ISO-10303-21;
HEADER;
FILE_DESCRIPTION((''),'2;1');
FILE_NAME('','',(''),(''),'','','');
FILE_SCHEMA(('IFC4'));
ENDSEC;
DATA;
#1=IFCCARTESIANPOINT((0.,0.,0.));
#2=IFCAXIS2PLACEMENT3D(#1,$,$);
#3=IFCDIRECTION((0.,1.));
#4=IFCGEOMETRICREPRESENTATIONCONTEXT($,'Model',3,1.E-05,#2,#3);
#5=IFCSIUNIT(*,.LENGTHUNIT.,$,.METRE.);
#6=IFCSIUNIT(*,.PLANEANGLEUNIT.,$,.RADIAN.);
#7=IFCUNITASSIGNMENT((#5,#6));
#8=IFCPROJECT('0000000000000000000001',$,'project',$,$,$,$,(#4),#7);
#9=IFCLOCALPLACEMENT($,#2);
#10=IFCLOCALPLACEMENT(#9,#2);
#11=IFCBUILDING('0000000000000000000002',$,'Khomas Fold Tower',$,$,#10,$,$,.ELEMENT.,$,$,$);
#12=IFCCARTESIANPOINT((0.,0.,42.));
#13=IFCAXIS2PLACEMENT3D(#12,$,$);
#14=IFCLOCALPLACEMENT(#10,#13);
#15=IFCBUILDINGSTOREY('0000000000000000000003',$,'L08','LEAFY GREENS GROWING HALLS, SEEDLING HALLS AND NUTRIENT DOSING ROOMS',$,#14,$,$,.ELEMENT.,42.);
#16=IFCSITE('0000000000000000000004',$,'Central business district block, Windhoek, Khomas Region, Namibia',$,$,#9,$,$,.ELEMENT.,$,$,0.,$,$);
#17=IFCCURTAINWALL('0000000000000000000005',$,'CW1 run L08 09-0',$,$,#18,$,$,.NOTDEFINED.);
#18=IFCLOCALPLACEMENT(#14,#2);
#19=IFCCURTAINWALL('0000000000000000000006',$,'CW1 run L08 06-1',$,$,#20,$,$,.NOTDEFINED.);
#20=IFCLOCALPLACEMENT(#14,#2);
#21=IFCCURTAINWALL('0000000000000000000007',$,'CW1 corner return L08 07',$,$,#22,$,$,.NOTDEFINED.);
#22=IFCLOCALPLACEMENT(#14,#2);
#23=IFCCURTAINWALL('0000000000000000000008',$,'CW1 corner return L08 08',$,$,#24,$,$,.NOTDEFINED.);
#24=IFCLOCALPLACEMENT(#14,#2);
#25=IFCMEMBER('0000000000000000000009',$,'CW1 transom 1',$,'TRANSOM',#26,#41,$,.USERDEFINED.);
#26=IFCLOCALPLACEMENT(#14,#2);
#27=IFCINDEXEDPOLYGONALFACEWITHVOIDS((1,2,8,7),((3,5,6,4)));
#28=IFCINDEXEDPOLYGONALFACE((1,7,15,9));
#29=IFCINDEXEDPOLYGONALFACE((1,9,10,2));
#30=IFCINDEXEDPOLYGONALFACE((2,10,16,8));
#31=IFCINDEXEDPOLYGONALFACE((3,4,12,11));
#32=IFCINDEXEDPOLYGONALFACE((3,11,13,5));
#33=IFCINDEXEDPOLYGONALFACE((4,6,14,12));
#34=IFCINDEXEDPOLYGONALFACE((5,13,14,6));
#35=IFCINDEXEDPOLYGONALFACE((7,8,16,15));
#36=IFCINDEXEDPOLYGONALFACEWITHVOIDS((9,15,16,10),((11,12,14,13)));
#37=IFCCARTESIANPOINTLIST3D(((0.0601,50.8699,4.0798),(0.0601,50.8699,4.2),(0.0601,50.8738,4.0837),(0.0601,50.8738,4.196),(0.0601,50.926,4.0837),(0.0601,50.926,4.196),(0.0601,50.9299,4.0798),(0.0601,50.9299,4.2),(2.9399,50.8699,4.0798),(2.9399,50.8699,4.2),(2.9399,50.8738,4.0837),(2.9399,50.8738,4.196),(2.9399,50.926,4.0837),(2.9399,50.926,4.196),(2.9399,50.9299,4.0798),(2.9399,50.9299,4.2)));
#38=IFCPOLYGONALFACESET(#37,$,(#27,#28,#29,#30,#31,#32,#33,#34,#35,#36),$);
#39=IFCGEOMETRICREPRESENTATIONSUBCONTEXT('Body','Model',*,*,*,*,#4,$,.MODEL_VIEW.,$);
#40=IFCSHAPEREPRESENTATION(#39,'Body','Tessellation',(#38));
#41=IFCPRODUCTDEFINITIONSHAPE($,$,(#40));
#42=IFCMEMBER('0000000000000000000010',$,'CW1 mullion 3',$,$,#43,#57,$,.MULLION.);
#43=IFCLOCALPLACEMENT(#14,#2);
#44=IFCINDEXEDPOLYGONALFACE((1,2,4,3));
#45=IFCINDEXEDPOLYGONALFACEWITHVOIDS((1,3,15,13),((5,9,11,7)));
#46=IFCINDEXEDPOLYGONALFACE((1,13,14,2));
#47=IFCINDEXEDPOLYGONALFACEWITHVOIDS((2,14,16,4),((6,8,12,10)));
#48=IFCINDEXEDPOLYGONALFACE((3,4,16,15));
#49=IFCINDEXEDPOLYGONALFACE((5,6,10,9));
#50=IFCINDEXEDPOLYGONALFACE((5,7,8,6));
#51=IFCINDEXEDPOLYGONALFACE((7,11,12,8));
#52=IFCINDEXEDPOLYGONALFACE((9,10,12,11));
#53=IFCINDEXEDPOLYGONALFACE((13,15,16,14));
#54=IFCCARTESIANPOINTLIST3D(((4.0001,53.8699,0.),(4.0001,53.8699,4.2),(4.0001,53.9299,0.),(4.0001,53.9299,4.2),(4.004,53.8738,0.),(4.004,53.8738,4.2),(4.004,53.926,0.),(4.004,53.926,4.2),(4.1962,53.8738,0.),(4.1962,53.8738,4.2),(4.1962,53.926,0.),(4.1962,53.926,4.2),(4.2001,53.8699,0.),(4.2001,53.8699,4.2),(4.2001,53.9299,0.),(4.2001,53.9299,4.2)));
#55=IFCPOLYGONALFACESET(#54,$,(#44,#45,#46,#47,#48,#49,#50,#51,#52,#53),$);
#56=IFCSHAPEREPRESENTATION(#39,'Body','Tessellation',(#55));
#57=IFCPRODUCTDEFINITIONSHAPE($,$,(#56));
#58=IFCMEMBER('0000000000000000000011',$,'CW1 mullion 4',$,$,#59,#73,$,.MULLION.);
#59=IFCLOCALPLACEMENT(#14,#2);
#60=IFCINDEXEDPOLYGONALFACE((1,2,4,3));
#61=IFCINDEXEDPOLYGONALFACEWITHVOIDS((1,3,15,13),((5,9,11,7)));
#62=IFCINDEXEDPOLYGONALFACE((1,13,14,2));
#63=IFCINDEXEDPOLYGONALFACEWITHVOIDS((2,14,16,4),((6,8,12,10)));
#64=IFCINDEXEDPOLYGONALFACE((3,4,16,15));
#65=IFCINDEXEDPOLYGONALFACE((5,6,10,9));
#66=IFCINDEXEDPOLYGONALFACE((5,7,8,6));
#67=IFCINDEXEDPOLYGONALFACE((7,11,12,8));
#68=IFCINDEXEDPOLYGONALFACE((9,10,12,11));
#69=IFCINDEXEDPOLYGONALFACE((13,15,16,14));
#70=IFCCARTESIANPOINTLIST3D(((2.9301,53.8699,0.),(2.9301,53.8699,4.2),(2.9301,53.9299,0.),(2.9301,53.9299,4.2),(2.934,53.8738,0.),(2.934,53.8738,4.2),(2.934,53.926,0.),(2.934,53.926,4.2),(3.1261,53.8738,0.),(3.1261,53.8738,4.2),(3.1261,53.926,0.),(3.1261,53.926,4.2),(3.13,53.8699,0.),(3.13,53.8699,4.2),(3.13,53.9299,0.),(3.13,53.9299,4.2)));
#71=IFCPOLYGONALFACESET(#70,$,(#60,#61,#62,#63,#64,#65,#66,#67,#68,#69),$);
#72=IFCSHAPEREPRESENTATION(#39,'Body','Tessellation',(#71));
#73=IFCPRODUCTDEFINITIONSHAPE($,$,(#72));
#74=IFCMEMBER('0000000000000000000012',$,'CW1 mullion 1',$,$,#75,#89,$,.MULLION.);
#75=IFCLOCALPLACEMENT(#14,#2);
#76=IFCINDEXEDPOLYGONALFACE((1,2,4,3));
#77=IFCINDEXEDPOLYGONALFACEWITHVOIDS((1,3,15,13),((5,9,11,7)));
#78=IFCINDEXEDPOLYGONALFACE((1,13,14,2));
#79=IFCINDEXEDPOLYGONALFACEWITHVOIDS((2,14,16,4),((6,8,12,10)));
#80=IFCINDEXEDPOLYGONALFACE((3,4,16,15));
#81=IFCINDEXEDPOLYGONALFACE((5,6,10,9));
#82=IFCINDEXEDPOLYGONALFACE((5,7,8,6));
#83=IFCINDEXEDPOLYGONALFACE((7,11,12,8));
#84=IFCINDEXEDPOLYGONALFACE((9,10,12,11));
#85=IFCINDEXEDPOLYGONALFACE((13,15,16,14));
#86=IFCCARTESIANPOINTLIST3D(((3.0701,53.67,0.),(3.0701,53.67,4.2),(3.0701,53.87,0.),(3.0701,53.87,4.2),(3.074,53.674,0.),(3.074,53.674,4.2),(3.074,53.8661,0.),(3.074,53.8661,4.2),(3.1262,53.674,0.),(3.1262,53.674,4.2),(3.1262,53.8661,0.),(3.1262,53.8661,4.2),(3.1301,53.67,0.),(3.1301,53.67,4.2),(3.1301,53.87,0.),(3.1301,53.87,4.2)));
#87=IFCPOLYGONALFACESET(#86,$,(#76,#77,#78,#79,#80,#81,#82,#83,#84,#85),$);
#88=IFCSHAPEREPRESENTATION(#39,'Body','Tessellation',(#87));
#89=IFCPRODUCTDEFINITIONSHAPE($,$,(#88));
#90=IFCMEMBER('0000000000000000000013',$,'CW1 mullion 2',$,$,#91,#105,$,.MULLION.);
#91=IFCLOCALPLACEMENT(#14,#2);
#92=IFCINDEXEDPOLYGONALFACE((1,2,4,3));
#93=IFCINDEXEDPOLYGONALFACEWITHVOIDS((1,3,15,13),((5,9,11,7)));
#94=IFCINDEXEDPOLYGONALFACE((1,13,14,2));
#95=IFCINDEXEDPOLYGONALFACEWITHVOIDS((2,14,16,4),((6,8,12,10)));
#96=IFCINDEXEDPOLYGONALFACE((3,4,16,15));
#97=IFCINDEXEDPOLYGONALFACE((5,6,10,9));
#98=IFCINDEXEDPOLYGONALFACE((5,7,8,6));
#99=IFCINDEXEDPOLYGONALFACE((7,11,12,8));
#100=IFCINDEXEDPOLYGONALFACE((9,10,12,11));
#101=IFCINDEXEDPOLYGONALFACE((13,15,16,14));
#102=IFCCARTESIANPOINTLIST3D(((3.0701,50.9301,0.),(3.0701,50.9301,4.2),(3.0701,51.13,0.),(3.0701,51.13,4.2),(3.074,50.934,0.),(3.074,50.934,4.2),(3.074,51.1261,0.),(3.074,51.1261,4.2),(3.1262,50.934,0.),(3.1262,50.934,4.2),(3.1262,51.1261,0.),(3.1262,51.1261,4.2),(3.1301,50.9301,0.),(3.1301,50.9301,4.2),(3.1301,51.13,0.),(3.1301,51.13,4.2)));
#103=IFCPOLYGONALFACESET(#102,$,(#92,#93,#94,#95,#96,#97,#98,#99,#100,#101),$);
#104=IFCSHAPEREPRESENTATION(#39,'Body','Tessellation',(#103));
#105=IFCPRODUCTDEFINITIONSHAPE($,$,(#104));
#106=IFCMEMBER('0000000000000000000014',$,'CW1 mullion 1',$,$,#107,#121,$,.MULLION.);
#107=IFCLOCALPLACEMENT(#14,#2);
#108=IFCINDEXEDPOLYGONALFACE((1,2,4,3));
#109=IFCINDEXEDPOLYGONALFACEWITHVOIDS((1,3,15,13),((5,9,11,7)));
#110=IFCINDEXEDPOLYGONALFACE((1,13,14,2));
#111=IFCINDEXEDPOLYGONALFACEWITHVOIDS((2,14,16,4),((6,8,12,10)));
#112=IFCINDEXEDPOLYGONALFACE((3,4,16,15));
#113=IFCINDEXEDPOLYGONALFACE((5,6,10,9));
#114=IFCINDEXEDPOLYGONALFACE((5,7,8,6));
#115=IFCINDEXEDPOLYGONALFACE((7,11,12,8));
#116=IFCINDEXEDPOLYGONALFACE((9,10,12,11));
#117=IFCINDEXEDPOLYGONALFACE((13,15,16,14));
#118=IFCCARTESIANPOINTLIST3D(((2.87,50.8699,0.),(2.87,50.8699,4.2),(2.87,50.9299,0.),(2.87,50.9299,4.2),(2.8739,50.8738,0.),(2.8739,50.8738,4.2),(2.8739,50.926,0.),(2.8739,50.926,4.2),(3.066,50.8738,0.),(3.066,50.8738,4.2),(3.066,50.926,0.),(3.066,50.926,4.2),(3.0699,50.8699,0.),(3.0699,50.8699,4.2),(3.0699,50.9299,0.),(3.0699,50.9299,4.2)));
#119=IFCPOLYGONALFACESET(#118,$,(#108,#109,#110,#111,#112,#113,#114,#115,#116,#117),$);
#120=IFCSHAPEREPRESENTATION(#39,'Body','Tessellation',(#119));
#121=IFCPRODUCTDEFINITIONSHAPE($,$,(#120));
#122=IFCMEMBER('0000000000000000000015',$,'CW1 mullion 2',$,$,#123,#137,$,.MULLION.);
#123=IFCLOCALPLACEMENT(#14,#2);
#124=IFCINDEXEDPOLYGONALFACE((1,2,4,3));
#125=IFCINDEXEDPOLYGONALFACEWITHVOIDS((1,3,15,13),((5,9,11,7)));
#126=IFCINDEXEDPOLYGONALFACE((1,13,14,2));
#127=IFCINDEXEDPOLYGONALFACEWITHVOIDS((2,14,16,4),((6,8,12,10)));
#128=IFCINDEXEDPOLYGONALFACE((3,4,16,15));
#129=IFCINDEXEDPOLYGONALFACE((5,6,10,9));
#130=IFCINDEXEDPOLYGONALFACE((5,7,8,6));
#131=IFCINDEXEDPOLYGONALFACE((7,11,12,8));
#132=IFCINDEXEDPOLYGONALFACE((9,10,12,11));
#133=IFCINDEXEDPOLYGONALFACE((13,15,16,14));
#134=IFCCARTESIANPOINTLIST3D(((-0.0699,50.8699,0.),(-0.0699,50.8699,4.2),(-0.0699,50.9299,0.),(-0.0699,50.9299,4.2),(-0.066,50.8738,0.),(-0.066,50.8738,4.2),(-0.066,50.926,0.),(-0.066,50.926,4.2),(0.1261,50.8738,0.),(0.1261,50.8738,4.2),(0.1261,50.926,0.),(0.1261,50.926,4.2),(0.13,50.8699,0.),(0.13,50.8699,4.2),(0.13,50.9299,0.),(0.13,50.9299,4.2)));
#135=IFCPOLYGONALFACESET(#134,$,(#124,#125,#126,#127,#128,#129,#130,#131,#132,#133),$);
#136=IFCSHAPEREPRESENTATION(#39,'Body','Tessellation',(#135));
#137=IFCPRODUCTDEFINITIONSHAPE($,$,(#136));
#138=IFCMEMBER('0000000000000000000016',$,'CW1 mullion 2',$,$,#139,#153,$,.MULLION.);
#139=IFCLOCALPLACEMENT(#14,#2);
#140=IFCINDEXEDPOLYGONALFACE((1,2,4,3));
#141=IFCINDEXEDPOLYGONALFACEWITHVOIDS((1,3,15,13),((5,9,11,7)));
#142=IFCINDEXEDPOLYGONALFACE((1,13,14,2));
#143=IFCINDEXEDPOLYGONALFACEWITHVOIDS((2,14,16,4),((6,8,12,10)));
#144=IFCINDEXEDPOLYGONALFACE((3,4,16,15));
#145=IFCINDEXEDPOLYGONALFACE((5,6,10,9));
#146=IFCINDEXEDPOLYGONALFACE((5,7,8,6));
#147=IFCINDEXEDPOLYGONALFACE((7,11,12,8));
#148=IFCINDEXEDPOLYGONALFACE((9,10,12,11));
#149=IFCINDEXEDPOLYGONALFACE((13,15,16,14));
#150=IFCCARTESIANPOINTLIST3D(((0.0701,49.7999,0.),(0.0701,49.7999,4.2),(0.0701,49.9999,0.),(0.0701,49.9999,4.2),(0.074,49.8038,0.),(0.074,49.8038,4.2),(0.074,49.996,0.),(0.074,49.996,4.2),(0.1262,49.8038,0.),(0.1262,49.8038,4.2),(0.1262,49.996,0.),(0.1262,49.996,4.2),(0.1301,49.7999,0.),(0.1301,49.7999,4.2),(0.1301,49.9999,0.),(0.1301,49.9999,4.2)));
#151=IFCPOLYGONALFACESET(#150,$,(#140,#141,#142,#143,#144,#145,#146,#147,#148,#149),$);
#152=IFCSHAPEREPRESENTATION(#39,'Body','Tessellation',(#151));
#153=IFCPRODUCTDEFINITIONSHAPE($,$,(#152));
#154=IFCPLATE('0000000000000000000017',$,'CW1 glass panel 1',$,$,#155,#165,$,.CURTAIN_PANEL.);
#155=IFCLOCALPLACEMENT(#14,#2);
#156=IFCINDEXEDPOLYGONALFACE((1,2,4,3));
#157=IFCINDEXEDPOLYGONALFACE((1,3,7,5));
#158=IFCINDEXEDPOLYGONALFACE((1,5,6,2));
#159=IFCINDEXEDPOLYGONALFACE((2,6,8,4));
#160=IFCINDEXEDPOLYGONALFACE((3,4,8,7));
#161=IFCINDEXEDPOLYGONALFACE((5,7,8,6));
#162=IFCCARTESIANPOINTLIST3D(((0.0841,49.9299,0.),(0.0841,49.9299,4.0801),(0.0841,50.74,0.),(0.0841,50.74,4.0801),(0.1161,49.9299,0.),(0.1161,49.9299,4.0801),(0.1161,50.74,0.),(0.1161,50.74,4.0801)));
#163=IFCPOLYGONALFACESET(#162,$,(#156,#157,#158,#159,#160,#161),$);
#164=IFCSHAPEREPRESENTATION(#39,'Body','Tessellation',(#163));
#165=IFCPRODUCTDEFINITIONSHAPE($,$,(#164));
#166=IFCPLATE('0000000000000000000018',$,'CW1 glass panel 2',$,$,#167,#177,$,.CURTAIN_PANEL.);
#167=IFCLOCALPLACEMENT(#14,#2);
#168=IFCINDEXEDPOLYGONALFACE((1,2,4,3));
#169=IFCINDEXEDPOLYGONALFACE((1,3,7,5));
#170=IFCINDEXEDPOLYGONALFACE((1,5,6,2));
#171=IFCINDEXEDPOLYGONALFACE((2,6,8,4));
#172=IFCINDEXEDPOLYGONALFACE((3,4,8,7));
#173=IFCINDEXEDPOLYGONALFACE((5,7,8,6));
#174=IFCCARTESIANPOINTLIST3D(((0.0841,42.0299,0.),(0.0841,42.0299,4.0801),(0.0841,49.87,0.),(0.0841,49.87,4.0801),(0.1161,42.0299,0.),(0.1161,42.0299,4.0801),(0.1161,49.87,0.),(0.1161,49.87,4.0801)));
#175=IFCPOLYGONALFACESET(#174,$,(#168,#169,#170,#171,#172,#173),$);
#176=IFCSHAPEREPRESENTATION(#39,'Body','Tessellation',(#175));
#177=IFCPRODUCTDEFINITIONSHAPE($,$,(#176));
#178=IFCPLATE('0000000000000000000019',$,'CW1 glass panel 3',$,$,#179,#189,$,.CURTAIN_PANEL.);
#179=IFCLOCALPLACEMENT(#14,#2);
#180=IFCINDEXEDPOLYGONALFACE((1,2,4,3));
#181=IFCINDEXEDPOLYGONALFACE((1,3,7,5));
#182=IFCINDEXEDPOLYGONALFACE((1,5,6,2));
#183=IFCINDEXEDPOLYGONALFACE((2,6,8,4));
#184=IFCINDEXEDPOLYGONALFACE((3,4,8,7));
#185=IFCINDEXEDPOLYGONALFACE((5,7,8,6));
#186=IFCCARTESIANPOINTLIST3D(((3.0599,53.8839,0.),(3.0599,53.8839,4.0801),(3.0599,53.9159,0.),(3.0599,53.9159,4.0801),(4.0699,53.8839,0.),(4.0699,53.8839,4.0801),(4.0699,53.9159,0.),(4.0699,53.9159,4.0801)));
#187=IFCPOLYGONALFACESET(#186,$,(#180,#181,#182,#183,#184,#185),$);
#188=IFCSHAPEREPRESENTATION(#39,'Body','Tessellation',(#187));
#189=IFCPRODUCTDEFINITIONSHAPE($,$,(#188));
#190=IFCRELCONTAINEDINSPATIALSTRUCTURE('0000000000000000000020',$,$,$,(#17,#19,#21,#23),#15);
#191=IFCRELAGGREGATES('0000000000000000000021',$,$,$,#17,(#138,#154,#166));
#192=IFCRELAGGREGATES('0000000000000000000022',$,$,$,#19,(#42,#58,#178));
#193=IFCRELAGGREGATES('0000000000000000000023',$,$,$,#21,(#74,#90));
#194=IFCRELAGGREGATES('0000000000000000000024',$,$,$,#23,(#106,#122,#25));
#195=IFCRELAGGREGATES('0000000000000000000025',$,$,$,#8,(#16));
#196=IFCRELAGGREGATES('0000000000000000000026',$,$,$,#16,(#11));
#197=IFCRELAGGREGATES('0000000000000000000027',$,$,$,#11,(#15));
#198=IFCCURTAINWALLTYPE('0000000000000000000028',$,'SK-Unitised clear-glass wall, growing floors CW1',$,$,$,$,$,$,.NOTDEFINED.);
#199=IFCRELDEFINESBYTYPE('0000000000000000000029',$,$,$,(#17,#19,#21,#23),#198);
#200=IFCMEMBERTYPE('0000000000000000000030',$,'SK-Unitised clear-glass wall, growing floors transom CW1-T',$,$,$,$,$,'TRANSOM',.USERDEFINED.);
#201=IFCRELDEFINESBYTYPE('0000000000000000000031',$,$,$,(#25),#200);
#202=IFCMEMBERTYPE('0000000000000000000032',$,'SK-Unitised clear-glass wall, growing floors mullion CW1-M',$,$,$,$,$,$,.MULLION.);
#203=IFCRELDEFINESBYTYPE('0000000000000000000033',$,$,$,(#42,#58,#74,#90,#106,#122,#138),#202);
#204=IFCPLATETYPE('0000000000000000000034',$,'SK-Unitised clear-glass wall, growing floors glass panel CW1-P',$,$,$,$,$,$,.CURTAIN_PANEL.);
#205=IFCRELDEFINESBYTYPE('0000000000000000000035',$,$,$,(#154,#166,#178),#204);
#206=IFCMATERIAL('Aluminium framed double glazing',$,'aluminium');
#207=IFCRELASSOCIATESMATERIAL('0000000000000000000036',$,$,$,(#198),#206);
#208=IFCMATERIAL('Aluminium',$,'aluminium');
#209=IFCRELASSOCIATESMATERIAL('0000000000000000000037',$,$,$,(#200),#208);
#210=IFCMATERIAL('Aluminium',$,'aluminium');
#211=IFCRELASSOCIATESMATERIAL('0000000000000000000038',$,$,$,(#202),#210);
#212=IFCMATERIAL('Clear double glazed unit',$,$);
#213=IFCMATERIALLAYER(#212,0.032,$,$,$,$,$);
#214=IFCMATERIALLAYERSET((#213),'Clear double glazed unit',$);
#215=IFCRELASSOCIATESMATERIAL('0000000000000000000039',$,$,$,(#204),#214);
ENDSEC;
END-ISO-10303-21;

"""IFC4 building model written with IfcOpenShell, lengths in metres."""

from ifc_helpers import new_model, si_unit, direction, frame, origin, origin_2d, place, context, subcontext, project, spatial, rectangle, hollow_rectangle, extrude, source, transform, mapped, material, layer, layer_set, material_profile, profile_set, type_object, element, aggregate, save


model = new_model("IFC4")

# Units and contexts
model_context = context("Model", 3, precision=1e-05, world=origin(), true_north=direction((0.0, 1.0)))
body_context = subcontext(model_context, "Body", "Model", "MODEL_VIEW")
ifc_project = project(units=[si_unit("LENGTHUNIT", "METRE"), si_unit("PLANEANGLEUNIT", "RADIAN")], contexts=[model_context])

# Site, building, storey
site_placement = place(None, origin())
site = spatial("IfcSite", under=ifc_project, at=site_placement, Name="Central business district block, Windhoek, Khomas Region, Namibia", CompositionType="ELEMENT", RefElevation=0.0)
building_placement = place(site_placement, origin())
building = spatial("IfcBuilding", under=site, at=building_placement, Name="Khomas Fold Tower", CompositionType="ELEMENT")
storey_placement = place(building_placement, frame((0.0, 0.0, 42.0)))
storey = spatial("IfcBuildingStorey", under=building, at=storey_placement, Name="L08", Description="LEAFY GREENS GROWING HALLS, SEEDLING HALLS AND NUTRIENT DOSING ROOMS", CompositionType="ELEMENT", Elevation=42.0)

# Curtain wall
ifc_material_1 = material(Name="Aluminium framed double glazing", Category="aluminium")
curtain_wall_type = type_object("IfcCurtainWallType", Name="SK-Unitised clear-glass wall, growing floors CW1", PredefinedType="NOTDEFINED", material=ifc_material_1)
curtain_wall_1_placement = place(storey_placement, origin())
curtain_wall_1 = element("IfcCurtainWall", 1, at=curtain_wall_1_placement, inside=storey, type_object=curtain_wall_type, Name="CW1 run L08 09-0", PredefinedType="NOTDEFINED")
ifc_material_2 = material(Name="Aluminium", Category="aluminium")
ifc_material_profile_1 = material_profile(ifc_material_2, hollow_rectangle(XDim=0.0601, YDim=0.1201, WallThickness=0.0039, at=origin_2d()), Name="SK-Unitised clear-glass wall, growing floors transom CW1-T")
ifc_profile_set_1 = profile_set([ifc_material_profile_1], Name="Aluminium")
member_type_1 = type_object("IfcMemberType", Name="SK-Unitised clear-glass wall, growing floors transom CW1-T", ElementType="TRANSOM", PredefinedType="USERDEFINED", material=ifc_profile_set_1)

# Curtain walls, member
curtain_wall_2_placement = place(storey_placement, origin())
curtain_wall_2 = element("IfcCurtainWall", 2, at=curtain_wall_2_placement, inside=storey, type_object=curtain_wall_type, Name="CW1 run L08 06-1", PredefinedType="NOTDEFINED")
curtain_wall_3_placement = place(storey_placement, origin())
curtain_wall_3 = element("IfcCurtainWall", 3, at=curtain_wall_3_placement, inside=storey, type_object=curtain_wall_type, Name="CW1 corner return L08 07", PredefinedType="NOTDEFINED")
curtain_wall_4_placement = place(storey_placement, origin())
curtain_wall_4 = element("IfcCurtainWall", 4, at=curtain_wall_4_placement, inside=storey, type_object=curtain_wall_type, Name="CW1 corner return L08 08", PredefinedType="NOTDEFINED")
shared_shape_1 = source(origin(), body_context, "Body", "SweptSolid", [
    extrude(hollow_rectangle(XDim=0.0601, YDim=0.1201, WallThickness=0.0039, at=origin_2d()), origin(), (0.0, 0.0, 1.0), 2.8799),
])
member_1_placement = place(storey_placement, frame((2.9399, 50.8999, 4.1399), z_axis=(-1.0, 0.0, 0.0), x_axis=(0.0, -1.0, 0.0)))
member_1 = element("IfcMember", 5, at=member_1_placement, type_object=member_type_1, Name="CW1 transom 1", ObjectType="TRANSOM", PredefinedType="USERDEFINED", context=body_context, shape_type="MappedRepresentation", body=[
    mapped(shared_shape_1, transform((0.0, 0.0, 0.0))),
])

# Members
ifc_material_3 = material(Name="Aluminium", Category="aluminium")
ifc_material_profile_2 = material_profile(ifc_material_3, hollow_rectangle(XDim=0.0601, YDim=0.2, WallThickness=0.0039, at=origin_2d()), Name="SK-Unitised clear-glass wall, growing floors mullion CW1-M")
ifc_profile_set_2 = profile_set([ifc_material_profile_2], Name="Aluminium")
member_type_2 = type_object("IfcMemberType", Name="SK-Unitised clear-glass wall, growing floors mullion CW1-M", PredefinedType="MULLION", material=ifc_profile_set_2)
shared_shape_2 = source(origin(), body_context, "Body", "SweptSolid", [
    extrude(hollow_rectangle(XDim=0.0601, YDim=0.2, WallThickness=0.0039, at=origin_2d()), origin(), (0.0, 0.0, 1.0), 4.2),
])
member_2_placement = place(storey_placement, frame((4.1001, 53.8999, 0.0), z_axis=(0.0, 0.0, 1.0), x_axis=(0.0, -1.0, 0.0)))
member_2 = element("IfcMember", 6, at=member_2_placement, type_object=member_type_2, Name="CW1 mullion 3", PredefinedType="MULLION", context=body_context, shape_type="MappedRepresentation", body=[
    mapped(shared_shape_2, transform((0.0, 0.0, 0.0))),
])
member_3_placement = place(storey_placement, frame((3.03, 53.8999, 0.0), z_axis=(0.0, 0.0, 1.0), x_axis=(0.0, -1.0, 0.0)))
member_3 = element("IfcMember", 7, at=member_3_placement, type_object=member_type_2, Name="CW1 mullion 4", PredefinedType="MULLION", context=body_context, shape_type="MappedRepresentation", body=[
    mapped(shared_shape_2, transform((0.0, 0.0, 0.0))),
])
member_4_placement = place(storey_placement, frame((3.1001, 53.77, 0.0), z_axis=(0.0, 0.0, 1.0), x_axis=(1.0, 0.0, 0.0)))
member_4 = element("IfcMember", 8, at=member_4_placement, type_object=member_type_2, Name="CW1 mullion 1", PredefinedType="MULLION", context=body_context, shape_type="MappedRepresentation", body=[
    mapped(shared_shape_2, transform((0.0, 0.0, 0.0))),
])
member_5_placement = place(storey_placement, frame((3.1001, 51.03, 0.0), z_axis=(0.0, 0.0, 1.0), x_axis=(1.0, 0.0, 0.0)))
member_5 = element("IfcMember", 9, at=member_5_placement, type_object=member_type_2, Name="CW1 mullion 2", PredefinedType="MULLION", context=body_context, shape_type="MappedRepresentation", body=[
    mapped(shared_shape_2, transform((0.0, 0.0, 0.0))),
])
member_6_placement = place(storey_placement, frame((2.97, 50.8999, 0.0), z_axis=(0.0, 0.0, 1.0), x_axis=(0.0, -1.0, 0.0)))
member_6 = element("IfcMember", 10, at=member_6_placement, type_object=member_type_2, Name="CW1 mullion 1", PredefinedType="MULLION", context=body_context, shape_type="MappedRepresentation", body=[
    mapped(shared_shape_2, transform((0.0, 0.0, 0.0))),
])
member_7_placement = place(storey_placement, frame((0.03, 50.8999, 0.0), z_axis=(0.0, 0.0, 1.0), x_axis=(0.0, -1.0, 0.0)))
member_7 = element("IfcMember", 11, at=member_7_placement, type_object=member_type_2, Name="CW1 mullion 2", PredefinedType="MULLION", context=body_context, shape_type="MappedRepresentation", body=[
    mapped(shared_shape_2, transform((0.0, 0.0, 0.0))),
])
member_8_placement = place(storey_placement, frame((0.1001, 49.8999, 0.0), z_axis=(0.0, 0.0, 1.0), x_axis=(1.0, 0.0, 0.0)))
member_8 = element("IfcMember", 12, at=member_8_placement, type_object=member_type_2, Name="CW1 mullion 2", PredefinedType="MULLION", context=body_context, shape_type="MappedRepresentation", body=[
    mapped(shared_shape_2, transform((0.0, 0.0, 0.0))),
])

# Plates
ifc_material_4 = material(Name="Clear double glazed unit")
ifc_layer_1 = layer(ifc_material_4, 0.032)
ifc_layer_set_1 = layer_set([ifc_layer_1], Name="Clear double glazed unit")
plate_type = type_object("IfcPlateType", Name="SK-Unitised clear-glass wall, growing floors glass panel CW1-P", PredefinedType="CURTAIN_PANEL", material=ifc_layer_set_1)
shared_shape_3 = source(origin(), body_context, "Body", "SweptSolid", [
    extrude(rectangle(XDim=0.8101, YDim=0.032, at=origin_2d()), origin(), (0.0, 0.0, 1.0), 4.0801),
])
plate_1_placement = place(storey_placement, frame((0.1001, 50.335, 0.0), z_axis=(0.0, 0.0, 1.0), x_axis=(0.0, -1.0, 0.0)))
plate_1 = element("IfcPlate", 13, at=plate_1_placement, type_object=plate_type, Name="CW1 glass panel 1", PredefinedType="CURTAIN_PANEL", context=body_context, shape_type="MappedRepresentation", body=[
    mapped(shared_shape_3, transform((0.0, 0.0, 0.0))),
])
shared_shape_4 = source(origin(), body_context, "Body", "SweptSolid", [
    extrude(rectangle(XDim=7.8401, YDim=0.032, at=origin_2d()), origin(), (0.0, 0.0, 1.0), 4.0801),
])
plate_2_placement = place(storey_placement, frame((0.1001, 45.95, 0.0), z_axis=(0.0, 0.0, 1.0), x_axis=(0.0, -1.0, 0.0)))
plate_2 = element("IfcPlate", 14, at=plate_2_placement, type_object=plate_type, Name="CW1 glass panel 2", PredefinedType="CURTAIN_PANEL", context=body_context, shape_type="MappedRepresentation", body=[
    mapped(shared_shape_4, transform((0.0, 0.0, 0.0))),
])
aggregate(curtain_wall_1, [member_8, plate_1, plate_2])
shared_shape_5 = source(origin(), body_context, "Body", "SweptSolid", [
    extrude(rectangle(XDim=1.01, YDim=0.032, at=origin_2d()), origin(), (0.0, 0.0, 1.0), 4.0801),
])
plate_3_placement = place(storey_placement, frame((3.5649, 53.8999, 0.0), z_axis=(0.0, 0.0, 1.0), x_axis=(-1.0, 0.0, 0.0)))
plate_3 = element("IfcPlate", 15, at=plate_3_placement, type_object=plate_type, Name="CW1 glass panel 3", PredefinedType="CURTAIN_PANEL", context=body_context, shape_type="MappedRepresentation", body=[
    mapped(shared_shape_5, transform((0.0, 0.0, 0.0))),
])
aggregate(curtain_wall_2, [member_2, member_3, plate_3])
aggregate(curtain_wall_3, [member_4, member_5])
aggregate(curtain_wall_4, [member_6, member_7, member_1])

save(model, "model.ifc")
